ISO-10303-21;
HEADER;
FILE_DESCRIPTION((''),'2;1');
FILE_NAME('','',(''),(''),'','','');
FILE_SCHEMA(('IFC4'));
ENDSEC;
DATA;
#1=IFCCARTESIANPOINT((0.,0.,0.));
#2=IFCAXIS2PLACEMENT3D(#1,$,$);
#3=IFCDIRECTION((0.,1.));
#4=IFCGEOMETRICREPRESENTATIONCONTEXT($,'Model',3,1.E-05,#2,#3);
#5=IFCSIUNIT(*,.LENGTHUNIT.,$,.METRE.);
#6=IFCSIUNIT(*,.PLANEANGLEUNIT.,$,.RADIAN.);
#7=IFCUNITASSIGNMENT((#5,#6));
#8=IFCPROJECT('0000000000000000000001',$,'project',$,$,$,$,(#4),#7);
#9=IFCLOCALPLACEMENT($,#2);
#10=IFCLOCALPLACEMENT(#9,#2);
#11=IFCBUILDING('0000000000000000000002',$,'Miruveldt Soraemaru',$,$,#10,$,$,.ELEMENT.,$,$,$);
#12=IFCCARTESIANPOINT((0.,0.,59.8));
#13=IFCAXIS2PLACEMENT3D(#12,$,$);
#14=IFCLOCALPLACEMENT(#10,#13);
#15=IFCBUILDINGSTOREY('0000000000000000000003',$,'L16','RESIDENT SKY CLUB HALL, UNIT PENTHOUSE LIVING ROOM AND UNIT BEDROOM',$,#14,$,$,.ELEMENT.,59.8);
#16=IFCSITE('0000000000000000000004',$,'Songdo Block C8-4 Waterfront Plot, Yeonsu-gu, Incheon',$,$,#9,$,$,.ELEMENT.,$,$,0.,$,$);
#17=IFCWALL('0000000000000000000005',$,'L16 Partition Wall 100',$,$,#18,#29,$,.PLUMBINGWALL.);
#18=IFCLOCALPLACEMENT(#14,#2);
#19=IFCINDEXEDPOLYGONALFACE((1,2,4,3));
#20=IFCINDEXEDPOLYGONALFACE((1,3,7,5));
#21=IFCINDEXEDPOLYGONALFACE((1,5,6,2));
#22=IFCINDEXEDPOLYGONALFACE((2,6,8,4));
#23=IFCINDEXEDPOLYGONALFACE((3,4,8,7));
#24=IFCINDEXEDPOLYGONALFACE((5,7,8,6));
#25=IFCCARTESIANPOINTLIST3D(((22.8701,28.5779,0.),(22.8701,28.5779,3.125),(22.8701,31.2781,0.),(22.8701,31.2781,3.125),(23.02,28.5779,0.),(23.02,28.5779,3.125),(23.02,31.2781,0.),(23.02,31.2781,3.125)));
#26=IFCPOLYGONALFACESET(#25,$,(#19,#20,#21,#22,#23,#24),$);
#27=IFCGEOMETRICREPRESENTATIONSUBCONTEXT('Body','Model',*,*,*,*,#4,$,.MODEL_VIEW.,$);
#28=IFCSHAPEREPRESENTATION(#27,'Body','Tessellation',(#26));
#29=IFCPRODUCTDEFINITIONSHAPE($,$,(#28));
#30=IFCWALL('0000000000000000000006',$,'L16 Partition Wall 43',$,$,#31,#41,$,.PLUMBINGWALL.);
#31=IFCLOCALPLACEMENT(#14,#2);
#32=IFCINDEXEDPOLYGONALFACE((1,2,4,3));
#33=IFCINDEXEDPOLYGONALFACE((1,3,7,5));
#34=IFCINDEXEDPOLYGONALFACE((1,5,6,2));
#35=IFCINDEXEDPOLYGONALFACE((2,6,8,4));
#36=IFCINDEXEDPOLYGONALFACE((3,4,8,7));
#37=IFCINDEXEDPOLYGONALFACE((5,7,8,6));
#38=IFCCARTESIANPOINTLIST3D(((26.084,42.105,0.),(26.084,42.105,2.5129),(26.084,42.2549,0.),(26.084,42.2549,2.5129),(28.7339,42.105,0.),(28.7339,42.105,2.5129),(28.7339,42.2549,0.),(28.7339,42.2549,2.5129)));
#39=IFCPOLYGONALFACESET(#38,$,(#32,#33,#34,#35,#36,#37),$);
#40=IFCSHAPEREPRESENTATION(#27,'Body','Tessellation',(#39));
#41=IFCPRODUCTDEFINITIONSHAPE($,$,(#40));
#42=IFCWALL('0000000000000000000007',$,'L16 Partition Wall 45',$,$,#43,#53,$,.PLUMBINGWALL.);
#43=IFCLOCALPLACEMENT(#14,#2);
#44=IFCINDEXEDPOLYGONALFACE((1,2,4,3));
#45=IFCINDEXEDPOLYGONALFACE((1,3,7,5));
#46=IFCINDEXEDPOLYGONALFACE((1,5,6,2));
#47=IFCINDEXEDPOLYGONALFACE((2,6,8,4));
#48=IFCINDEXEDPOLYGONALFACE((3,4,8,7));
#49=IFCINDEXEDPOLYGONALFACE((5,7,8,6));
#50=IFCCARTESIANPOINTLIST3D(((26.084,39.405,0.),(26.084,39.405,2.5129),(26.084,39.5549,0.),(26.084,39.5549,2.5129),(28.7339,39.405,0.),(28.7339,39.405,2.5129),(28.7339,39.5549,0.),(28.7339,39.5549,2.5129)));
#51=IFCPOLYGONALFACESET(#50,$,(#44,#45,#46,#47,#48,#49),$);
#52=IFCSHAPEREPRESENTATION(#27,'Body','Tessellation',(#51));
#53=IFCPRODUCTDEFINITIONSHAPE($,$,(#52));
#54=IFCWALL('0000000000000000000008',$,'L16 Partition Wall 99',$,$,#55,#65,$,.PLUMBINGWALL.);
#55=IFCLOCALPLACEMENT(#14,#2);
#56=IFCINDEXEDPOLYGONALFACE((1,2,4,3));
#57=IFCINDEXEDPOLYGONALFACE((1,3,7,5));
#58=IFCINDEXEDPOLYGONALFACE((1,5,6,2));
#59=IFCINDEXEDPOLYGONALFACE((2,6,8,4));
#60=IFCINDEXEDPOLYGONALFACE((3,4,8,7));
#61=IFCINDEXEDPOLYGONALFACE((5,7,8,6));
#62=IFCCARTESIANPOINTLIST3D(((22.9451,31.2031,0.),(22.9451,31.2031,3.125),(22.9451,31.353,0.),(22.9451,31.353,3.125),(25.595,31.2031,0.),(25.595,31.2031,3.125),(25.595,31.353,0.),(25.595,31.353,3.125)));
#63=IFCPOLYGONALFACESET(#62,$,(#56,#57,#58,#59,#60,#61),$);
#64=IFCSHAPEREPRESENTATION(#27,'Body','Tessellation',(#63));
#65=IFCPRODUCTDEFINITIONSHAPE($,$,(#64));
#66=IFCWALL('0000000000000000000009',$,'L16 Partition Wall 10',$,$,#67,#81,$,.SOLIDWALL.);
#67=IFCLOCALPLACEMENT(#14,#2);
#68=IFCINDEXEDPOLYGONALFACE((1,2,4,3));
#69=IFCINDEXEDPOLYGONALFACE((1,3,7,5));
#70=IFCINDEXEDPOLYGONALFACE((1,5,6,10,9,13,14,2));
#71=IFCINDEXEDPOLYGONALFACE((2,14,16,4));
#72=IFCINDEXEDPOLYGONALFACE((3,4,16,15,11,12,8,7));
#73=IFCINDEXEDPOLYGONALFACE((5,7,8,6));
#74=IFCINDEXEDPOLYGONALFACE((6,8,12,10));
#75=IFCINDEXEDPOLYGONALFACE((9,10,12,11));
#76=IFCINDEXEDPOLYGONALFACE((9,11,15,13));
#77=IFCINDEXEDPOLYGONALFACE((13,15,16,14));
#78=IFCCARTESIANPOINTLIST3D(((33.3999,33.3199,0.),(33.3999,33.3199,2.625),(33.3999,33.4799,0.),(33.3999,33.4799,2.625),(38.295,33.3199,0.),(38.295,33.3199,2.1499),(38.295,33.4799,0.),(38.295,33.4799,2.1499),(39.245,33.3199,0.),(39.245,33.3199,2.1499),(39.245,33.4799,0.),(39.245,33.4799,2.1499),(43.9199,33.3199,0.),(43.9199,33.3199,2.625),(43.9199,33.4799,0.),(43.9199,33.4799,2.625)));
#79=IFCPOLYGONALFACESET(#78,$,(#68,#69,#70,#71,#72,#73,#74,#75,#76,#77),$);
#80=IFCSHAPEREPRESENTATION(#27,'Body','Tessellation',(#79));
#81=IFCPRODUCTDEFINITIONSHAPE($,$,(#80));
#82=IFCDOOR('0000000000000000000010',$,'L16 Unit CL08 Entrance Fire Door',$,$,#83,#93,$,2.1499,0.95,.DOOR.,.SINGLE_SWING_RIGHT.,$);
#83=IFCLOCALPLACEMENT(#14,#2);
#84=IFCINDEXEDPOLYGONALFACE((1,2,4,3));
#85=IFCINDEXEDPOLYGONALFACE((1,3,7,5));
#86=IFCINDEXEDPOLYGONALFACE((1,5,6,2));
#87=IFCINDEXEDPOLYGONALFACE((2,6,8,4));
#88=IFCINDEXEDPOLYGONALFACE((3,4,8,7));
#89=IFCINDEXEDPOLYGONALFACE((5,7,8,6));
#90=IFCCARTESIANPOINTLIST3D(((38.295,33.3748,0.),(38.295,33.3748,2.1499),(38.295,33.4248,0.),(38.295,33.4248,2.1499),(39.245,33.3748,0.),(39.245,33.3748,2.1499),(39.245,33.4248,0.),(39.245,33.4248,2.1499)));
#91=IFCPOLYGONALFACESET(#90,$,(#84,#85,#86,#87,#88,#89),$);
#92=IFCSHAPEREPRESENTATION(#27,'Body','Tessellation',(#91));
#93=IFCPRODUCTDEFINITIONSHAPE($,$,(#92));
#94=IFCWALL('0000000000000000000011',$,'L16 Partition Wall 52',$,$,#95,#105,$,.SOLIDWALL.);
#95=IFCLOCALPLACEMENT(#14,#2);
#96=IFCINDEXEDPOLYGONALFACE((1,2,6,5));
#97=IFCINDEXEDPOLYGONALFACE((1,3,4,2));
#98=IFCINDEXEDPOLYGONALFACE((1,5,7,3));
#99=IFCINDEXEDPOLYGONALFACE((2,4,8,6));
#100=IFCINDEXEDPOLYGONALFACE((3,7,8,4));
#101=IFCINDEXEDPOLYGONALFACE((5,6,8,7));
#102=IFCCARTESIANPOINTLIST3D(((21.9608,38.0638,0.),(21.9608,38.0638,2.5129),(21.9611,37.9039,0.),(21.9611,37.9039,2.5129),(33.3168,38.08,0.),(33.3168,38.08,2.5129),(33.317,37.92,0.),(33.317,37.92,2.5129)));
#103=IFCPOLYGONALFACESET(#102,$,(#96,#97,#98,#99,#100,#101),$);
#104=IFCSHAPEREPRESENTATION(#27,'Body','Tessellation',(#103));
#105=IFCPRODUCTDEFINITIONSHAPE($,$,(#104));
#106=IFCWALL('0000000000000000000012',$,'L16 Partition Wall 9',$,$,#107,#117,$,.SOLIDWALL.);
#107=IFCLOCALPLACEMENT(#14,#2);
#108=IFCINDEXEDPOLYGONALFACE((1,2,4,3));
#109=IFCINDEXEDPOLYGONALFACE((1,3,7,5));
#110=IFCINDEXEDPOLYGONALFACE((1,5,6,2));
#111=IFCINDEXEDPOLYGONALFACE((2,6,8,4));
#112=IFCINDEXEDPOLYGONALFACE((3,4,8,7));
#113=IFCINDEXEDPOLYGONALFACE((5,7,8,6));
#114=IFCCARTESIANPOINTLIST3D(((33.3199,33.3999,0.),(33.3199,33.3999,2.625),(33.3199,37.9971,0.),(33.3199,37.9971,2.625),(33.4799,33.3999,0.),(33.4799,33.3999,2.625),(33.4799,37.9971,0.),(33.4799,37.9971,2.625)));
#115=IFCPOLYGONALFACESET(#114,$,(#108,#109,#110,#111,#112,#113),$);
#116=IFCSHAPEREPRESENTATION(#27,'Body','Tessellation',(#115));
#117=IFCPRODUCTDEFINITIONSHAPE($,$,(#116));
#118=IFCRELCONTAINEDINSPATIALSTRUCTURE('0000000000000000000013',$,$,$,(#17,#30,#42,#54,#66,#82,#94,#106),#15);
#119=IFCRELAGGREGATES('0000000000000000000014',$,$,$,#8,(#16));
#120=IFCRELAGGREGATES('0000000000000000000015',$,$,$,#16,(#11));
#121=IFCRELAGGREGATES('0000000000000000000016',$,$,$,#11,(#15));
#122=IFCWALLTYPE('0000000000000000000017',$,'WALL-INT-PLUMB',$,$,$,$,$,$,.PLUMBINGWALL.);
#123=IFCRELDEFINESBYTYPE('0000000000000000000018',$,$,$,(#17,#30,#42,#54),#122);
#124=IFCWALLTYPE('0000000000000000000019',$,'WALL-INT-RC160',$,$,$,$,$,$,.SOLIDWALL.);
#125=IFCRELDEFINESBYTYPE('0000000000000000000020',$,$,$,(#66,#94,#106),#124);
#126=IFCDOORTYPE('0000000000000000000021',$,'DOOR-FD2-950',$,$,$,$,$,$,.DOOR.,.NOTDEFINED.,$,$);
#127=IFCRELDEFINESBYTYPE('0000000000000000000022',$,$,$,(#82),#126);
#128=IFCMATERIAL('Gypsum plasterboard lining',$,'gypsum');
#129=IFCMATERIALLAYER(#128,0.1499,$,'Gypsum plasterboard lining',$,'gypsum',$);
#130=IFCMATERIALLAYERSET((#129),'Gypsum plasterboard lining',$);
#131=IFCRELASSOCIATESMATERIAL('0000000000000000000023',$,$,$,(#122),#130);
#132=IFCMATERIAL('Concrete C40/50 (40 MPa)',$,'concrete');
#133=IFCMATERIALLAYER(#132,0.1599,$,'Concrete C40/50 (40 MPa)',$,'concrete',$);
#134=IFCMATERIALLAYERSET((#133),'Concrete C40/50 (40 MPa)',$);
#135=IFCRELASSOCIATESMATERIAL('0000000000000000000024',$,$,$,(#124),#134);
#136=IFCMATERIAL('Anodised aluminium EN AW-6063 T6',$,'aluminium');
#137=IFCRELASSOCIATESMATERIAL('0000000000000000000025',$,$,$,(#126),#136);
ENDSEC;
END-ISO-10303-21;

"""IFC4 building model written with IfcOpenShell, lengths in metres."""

from ifc_helpers import new_model, si_unit, direction, frame, frame_2d, origin, place, context, subcontext, project, spatial, rectangle, extrude, material, layer, layer_set, type_object, element, fill, save


model = new_model("IFC4")

# Units and contexts
model_context = context("Model", 3, precision=1e-05, world=origin(), true_north=direction((0.0, 1.0)))
body_context = subcontext(model_context, "Body", "Model", "MODEL_VIEW")
ifc_project = project(units=[si_unit("LENGTHUNIT", "METRE"), si_unit("PLANEANGLEUNIT", "RADIAN")], contexts=[model_context])

# Site, building, storey
site_placement = place(None, origin())
site = spatial("IfcSite", under=ifc_project, at=site_placement, Name="Songdo Block C8-4 Waterfront Plot, Yeonsu-gu, Incheon", CompositionType="ELEMENT", RefElevation=0.0)
building_placement = place(site_placement, origin())
building = spatial("IfcBuilding", under=site, at=building_placement, Name="Miruveldt Soraemaru", CompositionType="ELEMENT")
storey_placement = place(building_placement, frame((0.0, 0.0, 59.8)))
storey = spatial("IfcBuildingStorey", under=building, at=storey_placement, Name="L16", Description="RESIDENT SKY CLUB HALL, UNIT PENTHOUSE LIVING ROOM AND UNIT BEDROOM", CompositionType="ELEMENT", Elevation=59.8)

# Shared definitions
ifc_material_1 = material(Name="Gypsum plasterboard lining", Category="gypsum")
ifc_layer_1 = layer(ifc_material_1, 0.1499, Name="Gypsum plasterboard lining", Category="gypsum")
ifc_layer_set_1 = layer_set([ifc_layer_1], Name="Gypsum plasterboard lining")
wall_type_1 = type_object("IfcWallType", Name="WALL-INT-PLUMB", PredefinedType="PLUMBINGWALL", material=ifc_layer_set_1)
ifc_material_2 = material(Name="Anodised aluminium EN AW-6063 T6", Category="aluminium")

# Walls
wall_1_placement = place(storey_placement, frame((22.9451, 31.2781, 0.0), z_axis=(0.0, 0.0, 1.0), x_axis=(0.0, -1.0, 0.0)))
element("IfcWall", 1, at=wall_1_placement, inside=storey, type_object=wall_type_1, Name="L16 Partition Wall 100", PredefinedType="PLUMBINGWALL", context=body_context, shape_type="SweptSolid", body=[
    extrude(rectangle(XDim=2.7002, YDim=0.1499, at=frame_2d((1.3501, 0.0))), origin(), (0.0, 0.0, 1.0), 3.125),
])
for number, where, z_axis, x_axis, name in (
    (2, (28.7339, 42.1799, 0.0), (0.0, 0.0, 1.0), (-1.0, 0.0, 0.0), "L16 Partition Wall 43"),
    (3, (26.084, 39.48, 0.0), (0.0, 0.0, 1.0), (1.0, 0.0, 0.0), "L16 Partition Wall 45"),
):
    element("IfcWall", number, at=place(storey_placement, frame(where, z_axis=z_axis, x_axis=x_axis)), inside=storey, type_object=wall_type_1, Name=name, PredefinedType="PLUMBINGWALL", context=body_context, shape_type="SweptSolid", body=[
        extrude(rectangle(XDim=2.6499, YDim=0.1499, at=frame_2d((1.325, 0.0))), origin(), (0.0, 0.0, 1.0), 2.5129),
    ])
wall_2_placement = place(storey_placement, frame((25.595, 31.2781, 0.0), z_axis=(0.0, 0.0, 1.0), x_axis=(-1.0, 0.0, 0.0)))
element("IfcWall", 4, at=wall_2_placement, inside=storey, type_object=wall_type_1, Name="L16 Partition Wall 99", PredefinedType="PLUMBINGWALL", context=body_context, shape_type="SweptSolid", body=[
    extrude(rectangle(XDim=2.6499, YDim=0.1499, at=frame_2d((1.325, 0.0))), origin(), (0.0, 0.0, 1.0), 3.125),
])

# Wall, opening, door
ifc_material_3 = material(Name="Concrete C40/50 (40 MPa)", Category="concrete")
ifc_layer_2 = layer(ifc_material_3, 0.1599, Name="Concrete C40/50 (40 MPa)", Category="concrete")
ifc_layer_set_2 = layer_set([ifc_layer_2], Name="Concrete C40/50 (40 MPa)")
wall_type_2 = type_object("IfcWallType", Name="WALL-INT-RC160", PredefinedType="SOLIDWALL", material=ifc_layer_set_2)
wall_3_placement = place(storey_placement, frame((33.3999, 33.3999, 0.0), z_axis=(0.0, 0.0, 1.0), x_axis=(1.0, 0.0, 0.0)))
wall_3 = element("IfcWall", 5, at=wall_3_placement, inside=storey, type_object=wall_type_2, Name="L16 Partition Wall 10", PredefinedType="SOLIDWALL", context=body_context, shape_type="SweptSolid", body=[
    extrude(rectangle(XDim=10.52, YDim=0.1599, at=frame_2d((5.26, 0.0))), origin(), (0.0, 0.0, 1.0), 2.625),
])
opening_1_placement = place(wall_3_placement, frame((4.895, 0.0, 0.0)))
opening_1 = element("IfcOpeningElement", 6, at=opening_1_placement, cuts=wall_3, PredefinedType="OPENING", context=body_context, shape_type="SweptSolid", body=[
    extrude(rectangle(XDim=0.95, YDim=2.1499, at=frame_2d((0.4751, 1.075))), frame((0.0, 0.0898, 0.0), z_axis=(0.0, -1.0, 0.0), x_axis=(1.0, 0.0, 0.0)), (0.0, 0.0, 1.0), 0.1799),
])
door_type_1 = type_object("IfcDoorType", Name="DOOR-FD2-950", OperationType="NOTDEFINED", PredefinedType="DOOR", material=ifc_material_2)
door_1_placement = place(opening_1_placement, origin())
door_1 = element("IfcDoor", 7, at=door_1_placement, inside=storey, type_object=door_type_1, Name="L16 Unit CL08 Entrance Fire Door", OperationType="SINGLE_SWING_RIGHT", OverallHeight=2.1499, OverallWidth=0.95, PredefinedType="DOOR", context=body_context, shape_type="SweptSolid", body=[
    extrude(rectangle(XDim=0.95, YDim=2.1499, at=frame_2d((0.4751, 1.075))), frame((0.0, 0.0249, 0.0), z_axis=(0.0, -1.0, 0.0), x_axis=(1.0, 0.0, 0.0)), (0.0, 0.0, 1.0), 0.05),
])
fill(opening_1, door_1)

# Walls
wall_4_placement = place(storey_placement, frame((21.9609, 37.9839, 0.0), z_axis=(0.0, 0.0, 1.0), x_axis=(0.999999, 0.001419, 0.0)))
element("IfcWall", 8, at=wall_4_placement, inside=storey, type_object=wall_type_2, Name="L16 Partition Wall 52", PredefinedType="SOLIDWALL", context=body_context, shape_type="SweptSolid", body=[
    extrude(rectangle(XDim=11.356, YDim=0.1599, at=frame_2d((5.678, 0.0))), origin(), (0.0, 0.0, 1.0), 2.5129),
])
wall_5_placement = place(storey_placement, frame((33.3999, 37.9971, 0.0), z_axis=(0.0, 0.0, 1.0), x_axis=(0.0, -1.0, 0.0)))
element("IfcWall", 9, at=wall_5_placement, inside=storey, type_object=wall_type_2, Name="L16 Partition Wall 9", PredefinedType="SOLIDWALL", context=body_context, shape_type="SweptSolid", body=[
    extrude(rectangle(XDim=4.5972, YDim=0.1599, at=frame_2d((2.2986, 0.0))), origin(), (0.0, 0.0, 1.0), 2.625),
])

save(model, "model.ifc")
